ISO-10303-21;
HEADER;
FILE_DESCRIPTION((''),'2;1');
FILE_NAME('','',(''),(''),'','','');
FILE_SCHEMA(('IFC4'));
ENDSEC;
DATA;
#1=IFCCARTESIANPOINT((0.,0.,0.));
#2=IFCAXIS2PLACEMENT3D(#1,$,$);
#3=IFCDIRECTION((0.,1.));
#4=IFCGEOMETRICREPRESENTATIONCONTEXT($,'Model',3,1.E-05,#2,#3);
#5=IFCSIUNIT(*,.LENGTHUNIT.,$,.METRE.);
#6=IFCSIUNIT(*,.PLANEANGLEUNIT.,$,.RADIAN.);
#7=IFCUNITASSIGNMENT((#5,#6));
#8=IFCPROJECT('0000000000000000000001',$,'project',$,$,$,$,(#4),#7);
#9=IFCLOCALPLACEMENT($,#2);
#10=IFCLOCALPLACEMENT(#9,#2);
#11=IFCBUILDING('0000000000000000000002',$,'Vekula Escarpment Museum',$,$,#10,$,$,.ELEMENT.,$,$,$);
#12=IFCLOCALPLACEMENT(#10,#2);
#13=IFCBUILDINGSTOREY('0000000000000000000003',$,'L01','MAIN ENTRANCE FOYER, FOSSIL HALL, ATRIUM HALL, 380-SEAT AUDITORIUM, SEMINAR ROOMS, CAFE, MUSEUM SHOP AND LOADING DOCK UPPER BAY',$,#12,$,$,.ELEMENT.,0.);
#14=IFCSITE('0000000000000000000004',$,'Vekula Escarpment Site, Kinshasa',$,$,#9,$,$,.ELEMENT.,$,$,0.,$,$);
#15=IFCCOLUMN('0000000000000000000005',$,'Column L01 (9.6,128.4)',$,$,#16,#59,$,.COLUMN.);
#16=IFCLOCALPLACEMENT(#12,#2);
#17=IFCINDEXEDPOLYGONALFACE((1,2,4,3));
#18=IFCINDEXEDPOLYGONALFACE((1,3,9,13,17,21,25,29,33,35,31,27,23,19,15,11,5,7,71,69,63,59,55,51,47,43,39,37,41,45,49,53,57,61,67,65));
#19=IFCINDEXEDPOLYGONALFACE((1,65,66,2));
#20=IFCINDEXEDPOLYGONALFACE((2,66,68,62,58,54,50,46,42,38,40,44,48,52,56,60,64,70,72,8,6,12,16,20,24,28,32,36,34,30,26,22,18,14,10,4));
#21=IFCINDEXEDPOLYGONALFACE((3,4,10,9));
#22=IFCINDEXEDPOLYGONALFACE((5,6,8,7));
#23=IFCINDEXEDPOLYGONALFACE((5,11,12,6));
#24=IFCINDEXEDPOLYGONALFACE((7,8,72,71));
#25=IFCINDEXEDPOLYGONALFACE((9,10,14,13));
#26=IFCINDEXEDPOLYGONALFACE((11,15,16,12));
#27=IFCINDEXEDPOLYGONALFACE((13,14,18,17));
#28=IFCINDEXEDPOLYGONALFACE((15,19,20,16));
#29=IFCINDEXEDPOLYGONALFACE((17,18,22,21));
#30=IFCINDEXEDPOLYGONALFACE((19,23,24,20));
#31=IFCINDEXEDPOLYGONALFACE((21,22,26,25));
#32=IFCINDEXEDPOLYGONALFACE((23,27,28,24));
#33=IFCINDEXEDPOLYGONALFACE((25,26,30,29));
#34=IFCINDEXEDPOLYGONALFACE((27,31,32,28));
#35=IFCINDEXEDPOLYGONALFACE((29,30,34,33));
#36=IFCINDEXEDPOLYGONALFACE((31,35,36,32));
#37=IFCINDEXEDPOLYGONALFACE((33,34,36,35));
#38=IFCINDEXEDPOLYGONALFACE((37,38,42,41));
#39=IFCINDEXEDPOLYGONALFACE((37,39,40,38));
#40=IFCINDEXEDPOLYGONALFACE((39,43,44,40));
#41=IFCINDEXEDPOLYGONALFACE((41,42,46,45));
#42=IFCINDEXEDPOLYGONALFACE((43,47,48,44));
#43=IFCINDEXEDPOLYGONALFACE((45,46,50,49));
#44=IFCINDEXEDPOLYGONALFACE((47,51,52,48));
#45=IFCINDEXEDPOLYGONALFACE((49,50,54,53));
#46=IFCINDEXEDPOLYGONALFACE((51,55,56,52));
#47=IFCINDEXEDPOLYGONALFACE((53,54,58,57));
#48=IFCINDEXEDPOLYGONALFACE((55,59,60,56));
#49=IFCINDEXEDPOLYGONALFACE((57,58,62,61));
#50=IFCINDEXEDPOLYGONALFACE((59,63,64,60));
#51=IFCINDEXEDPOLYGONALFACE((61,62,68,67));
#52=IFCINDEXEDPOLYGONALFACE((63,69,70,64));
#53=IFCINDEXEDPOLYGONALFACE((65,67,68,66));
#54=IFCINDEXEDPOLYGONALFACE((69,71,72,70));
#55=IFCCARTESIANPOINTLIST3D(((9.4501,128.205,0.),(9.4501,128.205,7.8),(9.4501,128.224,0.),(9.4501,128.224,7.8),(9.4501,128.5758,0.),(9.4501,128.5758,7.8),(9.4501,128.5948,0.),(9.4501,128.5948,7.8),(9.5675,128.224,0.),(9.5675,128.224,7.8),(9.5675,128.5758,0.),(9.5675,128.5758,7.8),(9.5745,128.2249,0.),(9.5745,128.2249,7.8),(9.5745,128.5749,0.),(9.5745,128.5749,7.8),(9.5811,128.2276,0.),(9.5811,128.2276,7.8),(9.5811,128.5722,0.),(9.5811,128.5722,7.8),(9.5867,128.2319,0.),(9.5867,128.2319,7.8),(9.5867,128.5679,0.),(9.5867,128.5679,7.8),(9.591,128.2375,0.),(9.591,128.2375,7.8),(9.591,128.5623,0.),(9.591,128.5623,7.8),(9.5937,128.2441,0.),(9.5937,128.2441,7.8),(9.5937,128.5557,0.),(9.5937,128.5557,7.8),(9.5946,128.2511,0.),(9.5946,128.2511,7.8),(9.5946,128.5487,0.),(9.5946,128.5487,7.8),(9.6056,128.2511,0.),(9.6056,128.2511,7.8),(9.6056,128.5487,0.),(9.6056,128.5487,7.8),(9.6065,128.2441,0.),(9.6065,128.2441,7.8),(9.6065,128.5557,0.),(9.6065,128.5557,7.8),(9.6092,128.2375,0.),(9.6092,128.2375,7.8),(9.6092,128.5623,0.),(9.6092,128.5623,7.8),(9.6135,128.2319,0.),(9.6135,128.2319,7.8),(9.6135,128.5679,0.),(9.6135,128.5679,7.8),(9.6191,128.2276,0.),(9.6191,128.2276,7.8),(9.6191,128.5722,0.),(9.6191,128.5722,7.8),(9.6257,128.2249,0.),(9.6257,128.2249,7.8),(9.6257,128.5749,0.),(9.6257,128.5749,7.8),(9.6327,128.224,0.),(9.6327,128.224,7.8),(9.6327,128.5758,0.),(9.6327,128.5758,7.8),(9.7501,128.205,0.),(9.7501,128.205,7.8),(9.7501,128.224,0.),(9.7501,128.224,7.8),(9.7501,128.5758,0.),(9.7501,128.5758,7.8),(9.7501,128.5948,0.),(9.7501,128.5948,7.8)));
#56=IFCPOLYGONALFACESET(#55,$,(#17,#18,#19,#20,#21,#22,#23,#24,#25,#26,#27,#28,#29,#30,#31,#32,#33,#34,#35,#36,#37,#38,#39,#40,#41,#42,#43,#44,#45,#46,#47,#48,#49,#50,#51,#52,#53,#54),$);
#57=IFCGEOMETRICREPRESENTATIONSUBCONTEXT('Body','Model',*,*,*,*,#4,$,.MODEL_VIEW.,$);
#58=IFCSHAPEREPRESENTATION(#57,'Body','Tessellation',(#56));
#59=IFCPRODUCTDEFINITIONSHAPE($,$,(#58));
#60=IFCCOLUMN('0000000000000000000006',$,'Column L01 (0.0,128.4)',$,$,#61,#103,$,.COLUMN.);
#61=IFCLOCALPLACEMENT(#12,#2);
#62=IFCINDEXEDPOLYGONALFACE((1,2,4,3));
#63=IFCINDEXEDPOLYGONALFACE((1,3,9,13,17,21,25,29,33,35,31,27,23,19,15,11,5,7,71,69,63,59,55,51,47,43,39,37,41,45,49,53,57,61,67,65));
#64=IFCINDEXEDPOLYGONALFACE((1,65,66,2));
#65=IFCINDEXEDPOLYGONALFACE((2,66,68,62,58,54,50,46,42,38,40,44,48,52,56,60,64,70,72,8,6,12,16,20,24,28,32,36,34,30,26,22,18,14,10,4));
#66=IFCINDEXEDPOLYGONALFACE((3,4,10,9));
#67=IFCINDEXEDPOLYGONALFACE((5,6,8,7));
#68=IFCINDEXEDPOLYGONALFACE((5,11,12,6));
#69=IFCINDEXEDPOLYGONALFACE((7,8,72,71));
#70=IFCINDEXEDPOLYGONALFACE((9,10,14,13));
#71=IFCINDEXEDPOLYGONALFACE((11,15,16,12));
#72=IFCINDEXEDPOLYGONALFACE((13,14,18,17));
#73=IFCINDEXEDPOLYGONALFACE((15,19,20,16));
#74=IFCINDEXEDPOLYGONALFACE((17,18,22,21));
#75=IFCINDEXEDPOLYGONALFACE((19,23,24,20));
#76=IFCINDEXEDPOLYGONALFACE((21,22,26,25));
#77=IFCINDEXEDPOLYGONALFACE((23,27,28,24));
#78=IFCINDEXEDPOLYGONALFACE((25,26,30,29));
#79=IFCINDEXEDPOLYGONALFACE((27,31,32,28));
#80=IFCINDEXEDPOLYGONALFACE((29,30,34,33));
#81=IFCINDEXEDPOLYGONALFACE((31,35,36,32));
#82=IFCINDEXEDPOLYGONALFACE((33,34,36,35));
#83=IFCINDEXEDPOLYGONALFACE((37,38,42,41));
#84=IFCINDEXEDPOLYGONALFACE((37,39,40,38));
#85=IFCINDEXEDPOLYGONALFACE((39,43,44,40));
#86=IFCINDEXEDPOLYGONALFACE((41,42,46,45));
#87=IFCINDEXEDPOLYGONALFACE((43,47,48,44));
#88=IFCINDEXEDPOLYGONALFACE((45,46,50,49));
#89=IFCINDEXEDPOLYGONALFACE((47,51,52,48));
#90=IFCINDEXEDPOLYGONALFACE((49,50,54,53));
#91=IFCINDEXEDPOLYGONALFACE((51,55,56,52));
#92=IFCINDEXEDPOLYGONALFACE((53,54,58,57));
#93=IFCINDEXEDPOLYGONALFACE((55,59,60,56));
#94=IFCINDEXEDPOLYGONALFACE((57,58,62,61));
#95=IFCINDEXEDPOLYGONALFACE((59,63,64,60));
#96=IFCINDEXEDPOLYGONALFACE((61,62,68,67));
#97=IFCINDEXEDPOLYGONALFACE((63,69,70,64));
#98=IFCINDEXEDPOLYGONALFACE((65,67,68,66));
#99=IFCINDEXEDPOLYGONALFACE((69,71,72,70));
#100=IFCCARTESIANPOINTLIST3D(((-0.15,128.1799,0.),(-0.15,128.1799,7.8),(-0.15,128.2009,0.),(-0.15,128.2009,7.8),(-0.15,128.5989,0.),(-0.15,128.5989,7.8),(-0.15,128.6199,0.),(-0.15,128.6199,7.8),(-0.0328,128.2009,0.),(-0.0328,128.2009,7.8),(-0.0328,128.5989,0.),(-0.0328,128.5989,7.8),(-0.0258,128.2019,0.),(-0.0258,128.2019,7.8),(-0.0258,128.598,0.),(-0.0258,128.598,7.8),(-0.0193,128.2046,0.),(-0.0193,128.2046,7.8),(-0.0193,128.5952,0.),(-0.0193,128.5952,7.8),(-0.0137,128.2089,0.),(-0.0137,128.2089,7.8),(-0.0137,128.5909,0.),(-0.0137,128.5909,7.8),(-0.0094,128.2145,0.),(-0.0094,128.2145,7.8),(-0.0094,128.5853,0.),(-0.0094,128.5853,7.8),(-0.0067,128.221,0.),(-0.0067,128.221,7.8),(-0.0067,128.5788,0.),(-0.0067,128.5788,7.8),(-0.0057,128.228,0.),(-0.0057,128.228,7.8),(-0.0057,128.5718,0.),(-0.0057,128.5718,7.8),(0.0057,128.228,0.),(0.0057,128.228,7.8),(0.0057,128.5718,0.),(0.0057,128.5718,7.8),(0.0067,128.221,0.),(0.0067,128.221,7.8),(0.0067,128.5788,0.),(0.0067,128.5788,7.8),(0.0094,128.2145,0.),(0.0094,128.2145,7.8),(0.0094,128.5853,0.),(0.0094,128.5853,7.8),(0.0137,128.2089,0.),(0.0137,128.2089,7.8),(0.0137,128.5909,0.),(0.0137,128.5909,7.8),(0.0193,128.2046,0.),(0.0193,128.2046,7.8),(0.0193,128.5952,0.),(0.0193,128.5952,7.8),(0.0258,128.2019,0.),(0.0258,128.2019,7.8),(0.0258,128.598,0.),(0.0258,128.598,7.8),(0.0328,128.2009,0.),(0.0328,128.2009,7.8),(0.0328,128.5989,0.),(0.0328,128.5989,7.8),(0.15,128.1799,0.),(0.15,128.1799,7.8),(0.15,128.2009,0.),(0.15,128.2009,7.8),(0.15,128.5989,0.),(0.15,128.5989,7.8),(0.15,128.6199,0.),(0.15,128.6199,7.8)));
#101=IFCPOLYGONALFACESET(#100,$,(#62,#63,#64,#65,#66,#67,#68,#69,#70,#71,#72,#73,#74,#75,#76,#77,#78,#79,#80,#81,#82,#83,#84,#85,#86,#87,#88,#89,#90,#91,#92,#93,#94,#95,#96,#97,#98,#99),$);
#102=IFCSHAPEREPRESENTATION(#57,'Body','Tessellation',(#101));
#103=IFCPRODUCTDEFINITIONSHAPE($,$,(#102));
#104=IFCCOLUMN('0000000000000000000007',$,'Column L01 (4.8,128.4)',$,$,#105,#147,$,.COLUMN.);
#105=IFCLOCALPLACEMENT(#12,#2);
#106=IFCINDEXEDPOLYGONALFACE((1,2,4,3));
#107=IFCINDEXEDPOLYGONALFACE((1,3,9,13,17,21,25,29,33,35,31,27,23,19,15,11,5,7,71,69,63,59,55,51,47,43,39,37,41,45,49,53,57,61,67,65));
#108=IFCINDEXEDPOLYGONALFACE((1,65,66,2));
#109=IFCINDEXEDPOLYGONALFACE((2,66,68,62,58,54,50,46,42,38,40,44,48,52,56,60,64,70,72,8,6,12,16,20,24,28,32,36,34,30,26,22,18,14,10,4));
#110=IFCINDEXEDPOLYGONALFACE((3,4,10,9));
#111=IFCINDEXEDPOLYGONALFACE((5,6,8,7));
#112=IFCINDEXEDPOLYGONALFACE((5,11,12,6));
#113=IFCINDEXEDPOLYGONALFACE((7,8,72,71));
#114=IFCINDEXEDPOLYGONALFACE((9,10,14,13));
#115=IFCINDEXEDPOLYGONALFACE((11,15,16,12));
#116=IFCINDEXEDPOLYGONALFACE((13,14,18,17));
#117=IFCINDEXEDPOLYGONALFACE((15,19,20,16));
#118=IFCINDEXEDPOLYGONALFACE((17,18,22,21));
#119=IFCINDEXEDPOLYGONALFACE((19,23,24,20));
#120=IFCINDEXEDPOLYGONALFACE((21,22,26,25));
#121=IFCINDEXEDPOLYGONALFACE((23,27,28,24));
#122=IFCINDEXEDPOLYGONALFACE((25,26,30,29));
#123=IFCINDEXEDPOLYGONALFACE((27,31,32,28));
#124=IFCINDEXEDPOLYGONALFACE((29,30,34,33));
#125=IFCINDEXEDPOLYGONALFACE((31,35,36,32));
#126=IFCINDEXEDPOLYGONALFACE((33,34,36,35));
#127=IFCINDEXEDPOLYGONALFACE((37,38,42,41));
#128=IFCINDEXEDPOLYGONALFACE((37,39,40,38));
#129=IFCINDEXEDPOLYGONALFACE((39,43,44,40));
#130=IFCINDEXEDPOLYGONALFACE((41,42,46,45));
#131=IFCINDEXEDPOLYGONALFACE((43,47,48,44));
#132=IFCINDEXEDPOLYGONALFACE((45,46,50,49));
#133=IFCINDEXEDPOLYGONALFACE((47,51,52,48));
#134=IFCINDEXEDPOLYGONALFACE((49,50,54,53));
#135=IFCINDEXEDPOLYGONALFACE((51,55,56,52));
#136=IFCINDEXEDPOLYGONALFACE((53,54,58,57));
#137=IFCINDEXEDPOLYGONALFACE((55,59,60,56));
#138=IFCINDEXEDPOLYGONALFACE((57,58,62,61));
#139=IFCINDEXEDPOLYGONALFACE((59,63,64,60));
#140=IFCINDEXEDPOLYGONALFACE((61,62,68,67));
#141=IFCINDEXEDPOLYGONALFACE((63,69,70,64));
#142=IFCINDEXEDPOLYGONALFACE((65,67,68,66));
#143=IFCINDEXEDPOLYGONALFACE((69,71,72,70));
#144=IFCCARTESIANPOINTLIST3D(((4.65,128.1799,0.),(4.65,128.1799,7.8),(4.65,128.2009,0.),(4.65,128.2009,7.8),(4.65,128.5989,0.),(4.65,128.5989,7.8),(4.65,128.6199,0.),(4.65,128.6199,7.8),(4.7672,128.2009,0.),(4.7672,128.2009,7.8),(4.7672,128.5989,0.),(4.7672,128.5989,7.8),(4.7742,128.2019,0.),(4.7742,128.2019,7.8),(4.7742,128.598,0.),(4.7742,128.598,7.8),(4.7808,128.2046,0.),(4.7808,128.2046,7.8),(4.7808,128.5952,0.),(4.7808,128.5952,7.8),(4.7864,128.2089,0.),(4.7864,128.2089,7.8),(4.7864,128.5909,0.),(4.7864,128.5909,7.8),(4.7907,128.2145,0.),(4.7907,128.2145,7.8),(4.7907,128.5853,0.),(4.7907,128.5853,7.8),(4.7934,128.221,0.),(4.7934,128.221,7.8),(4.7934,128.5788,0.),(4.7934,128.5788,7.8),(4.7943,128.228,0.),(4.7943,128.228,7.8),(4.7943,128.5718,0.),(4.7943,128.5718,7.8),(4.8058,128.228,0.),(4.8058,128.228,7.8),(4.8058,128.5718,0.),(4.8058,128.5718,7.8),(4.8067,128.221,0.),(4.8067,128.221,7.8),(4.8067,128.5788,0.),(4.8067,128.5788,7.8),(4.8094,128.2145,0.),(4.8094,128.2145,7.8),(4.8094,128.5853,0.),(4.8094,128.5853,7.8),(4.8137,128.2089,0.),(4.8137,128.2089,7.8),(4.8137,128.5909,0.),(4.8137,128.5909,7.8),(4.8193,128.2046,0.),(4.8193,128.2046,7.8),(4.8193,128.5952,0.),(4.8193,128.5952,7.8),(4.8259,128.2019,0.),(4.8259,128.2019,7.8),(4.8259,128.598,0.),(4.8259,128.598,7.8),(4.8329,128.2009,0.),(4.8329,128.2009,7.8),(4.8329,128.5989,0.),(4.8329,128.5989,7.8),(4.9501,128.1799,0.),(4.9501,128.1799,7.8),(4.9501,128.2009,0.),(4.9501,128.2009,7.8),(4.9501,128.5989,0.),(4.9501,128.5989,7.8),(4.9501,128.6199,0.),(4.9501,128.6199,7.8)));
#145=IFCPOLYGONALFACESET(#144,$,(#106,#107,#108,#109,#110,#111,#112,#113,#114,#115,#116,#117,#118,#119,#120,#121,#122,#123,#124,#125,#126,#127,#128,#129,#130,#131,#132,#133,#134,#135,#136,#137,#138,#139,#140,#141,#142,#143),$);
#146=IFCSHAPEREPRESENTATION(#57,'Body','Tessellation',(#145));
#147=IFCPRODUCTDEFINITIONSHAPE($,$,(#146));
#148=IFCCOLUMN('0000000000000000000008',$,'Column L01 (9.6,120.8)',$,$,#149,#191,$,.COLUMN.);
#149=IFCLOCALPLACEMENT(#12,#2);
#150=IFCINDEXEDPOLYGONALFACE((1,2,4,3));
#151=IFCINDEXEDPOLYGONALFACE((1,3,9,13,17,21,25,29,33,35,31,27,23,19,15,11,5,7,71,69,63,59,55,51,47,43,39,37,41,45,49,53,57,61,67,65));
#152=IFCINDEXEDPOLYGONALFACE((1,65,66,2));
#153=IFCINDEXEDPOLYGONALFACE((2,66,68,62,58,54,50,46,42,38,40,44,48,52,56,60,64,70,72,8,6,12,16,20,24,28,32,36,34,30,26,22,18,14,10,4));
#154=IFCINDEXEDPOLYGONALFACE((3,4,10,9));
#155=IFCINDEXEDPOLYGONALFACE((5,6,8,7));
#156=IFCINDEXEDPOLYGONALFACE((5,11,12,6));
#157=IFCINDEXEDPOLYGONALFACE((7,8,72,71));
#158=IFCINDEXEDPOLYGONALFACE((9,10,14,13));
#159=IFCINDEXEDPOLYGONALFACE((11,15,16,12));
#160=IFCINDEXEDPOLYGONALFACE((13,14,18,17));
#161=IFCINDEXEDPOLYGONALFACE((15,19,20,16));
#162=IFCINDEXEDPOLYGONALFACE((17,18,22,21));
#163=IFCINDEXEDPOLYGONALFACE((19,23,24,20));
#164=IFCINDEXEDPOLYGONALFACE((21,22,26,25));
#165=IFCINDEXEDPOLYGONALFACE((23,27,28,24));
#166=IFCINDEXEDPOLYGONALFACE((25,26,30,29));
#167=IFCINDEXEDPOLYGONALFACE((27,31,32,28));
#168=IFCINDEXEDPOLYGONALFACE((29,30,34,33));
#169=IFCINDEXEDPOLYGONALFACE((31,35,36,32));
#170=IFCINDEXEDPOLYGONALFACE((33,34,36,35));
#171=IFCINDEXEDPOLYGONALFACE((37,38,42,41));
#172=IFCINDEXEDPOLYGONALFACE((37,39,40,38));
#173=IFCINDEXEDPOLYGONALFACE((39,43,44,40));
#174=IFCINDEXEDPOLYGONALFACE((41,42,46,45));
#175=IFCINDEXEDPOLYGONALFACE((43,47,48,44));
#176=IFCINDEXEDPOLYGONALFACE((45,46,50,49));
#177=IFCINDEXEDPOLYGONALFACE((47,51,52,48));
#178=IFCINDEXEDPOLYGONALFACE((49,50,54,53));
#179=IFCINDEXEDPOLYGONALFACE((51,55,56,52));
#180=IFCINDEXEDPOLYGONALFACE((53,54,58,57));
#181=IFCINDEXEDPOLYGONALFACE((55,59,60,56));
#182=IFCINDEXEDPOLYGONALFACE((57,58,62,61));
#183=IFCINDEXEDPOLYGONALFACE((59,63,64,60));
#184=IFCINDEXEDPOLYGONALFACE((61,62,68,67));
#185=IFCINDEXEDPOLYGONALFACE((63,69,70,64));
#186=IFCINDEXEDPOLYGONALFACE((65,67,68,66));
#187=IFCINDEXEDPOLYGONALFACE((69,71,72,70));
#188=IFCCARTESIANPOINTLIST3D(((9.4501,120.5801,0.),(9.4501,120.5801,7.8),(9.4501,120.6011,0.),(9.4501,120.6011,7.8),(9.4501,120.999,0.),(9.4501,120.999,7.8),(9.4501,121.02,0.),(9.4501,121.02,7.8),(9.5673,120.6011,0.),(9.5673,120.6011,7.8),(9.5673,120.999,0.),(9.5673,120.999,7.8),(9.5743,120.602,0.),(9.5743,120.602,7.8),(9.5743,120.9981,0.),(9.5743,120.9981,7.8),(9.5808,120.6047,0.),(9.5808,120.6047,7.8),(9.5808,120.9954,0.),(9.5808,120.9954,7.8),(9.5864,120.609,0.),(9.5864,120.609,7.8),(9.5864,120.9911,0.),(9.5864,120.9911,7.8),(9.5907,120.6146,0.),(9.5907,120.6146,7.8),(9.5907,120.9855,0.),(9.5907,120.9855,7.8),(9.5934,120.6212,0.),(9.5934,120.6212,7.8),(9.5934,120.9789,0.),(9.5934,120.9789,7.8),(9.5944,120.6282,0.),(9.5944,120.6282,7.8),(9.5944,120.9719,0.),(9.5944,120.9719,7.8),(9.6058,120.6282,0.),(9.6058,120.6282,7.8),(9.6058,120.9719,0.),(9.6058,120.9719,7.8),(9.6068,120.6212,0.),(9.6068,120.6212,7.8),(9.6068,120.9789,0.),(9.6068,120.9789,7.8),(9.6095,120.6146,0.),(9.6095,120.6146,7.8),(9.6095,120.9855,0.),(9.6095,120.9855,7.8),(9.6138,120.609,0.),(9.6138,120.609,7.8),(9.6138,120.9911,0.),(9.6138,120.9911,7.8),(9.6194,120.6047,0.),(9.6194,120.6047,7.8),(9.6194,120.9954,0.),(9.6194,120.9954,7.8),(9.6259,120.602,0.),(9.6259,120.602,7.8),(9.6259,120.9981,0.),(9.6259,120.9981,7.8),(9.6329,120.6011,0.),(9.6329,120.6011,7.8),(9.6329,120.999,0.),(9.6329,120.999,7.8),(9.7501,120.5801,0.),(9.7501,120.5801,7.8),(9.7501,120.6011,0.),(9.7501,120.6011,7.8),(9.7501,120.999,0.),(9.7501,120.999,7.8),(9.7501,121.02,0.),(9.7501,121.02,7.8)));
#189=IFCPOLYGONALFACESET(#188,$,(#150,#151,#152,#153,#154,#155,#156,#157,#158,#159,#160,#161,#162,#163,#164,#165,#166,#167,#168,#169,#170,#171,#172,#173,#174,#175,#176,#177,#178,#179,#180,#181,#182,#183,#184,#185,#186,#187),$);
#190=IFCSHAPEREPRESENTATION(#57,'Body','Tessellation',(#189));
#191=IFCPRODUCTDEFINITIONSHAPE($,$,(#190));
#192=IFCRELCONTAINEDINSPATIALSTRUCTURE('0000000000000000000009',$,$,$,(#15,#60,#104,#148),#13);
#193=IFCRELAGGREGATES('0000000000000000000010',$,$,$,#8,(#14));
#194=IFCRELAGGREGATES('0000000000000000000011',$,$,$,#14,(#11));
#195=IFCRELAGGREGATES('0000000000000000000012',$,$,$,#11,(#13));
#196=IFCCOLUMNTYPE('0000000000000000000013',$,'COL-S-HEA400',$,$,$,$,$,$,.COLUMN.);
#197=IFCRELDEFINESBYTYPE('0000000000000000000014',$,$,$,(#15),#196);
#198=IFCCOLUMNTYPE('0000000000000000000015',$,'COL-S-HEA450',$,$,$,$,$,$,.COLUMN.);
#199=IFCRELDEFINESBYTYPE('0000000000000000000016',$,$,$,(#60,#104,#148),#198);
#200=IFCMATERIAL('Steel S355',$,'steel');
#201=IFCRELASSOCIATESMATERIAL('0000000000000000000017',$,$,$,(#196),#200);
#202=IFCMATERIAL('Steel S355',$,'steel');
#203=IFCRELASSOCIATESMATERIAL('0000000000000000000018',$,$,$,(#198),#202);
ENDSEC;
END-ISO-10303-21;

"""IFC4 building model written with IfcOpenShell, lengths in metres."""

from ifc_helpers import new_model, si_unit, direction, frame, origin, origin_2d, place, context, subcontext, project, spatial, i_section, extrude, material, material_profile, profile_set, type_object, element, save


model = new_model("IFC4")

# Units and contexts
model_context = context("Model", 3, precision=1e-05, world=origin(), true_north=direction((0.0, 1.0)))
body_context = subcontext(model_context, "Body", "Model", "MODEL_VIEW")
ifc_project = project(units=[si_unit("LENGTHUNIT", "METRE"), si_unit("PLANEANGLEUNIT", "RADIAN")], contexts=[model_context])

# Site, building, storey
site_placement = place(None, origin())
site = spatial("IfcSite", under=ifc_project, at=site_placement, Name="Vekula Escarpment Site, Kinshasa", CompositionType="ELEMENT", RefElevation=0.0)
building_placement = place(site_placement, origin())
building = spatial("IfcBuilding", under=site, at=building_placement, Name="Vekula Escarpment Museum", CompositionType="ELEMENT")
storey_placement = place(building_placement, origin())
storey = spatial("IfcBuildingStorey", under=building, at=storey_placement, Name="L01", Description="MAIN ENTRANCE FOYER, FOSSIL HALL, ATRIUM HALL, 380-SEAT AUDITORIUM, SEMINAR ROOMS, CAFE, MUSEUM SHOP AND LOADING DOCK UPPER BAY", CompositionType="ELEMENT", Elevation=0.0)

# Columns
ifc_material_1 = material(Name="Steel S355", Category="steel")
ifc_material_profile_1 = material_profile(ifc_material_1, i_section(OverallWidth=0.3, OverallDepth=0.3899, WebThickness=0.011, FlangeThickness=0.019, FilletRadius=0.0271, at=origin_2d()), Name="HEA 400")
ifc_profile_set_1 = profile_set([ifc_material_profile_1], Name="Steel S355")
column_type_1 = type_object("IfcColumnType", Name="COL-S-HEA400", PredefinedType="COLUMN", material=ifc_profile_set_1)
column_placement = place(storey_placement, frame((9.6001, 128.3999, 0.0), z_axis=(0.0, 0.0, 1.0), x_axis=(1.0, 0.0, 0.0)))
element("IfcColumn", 1, at=column_placement, inside=storey, type_object=column_type_1, Name="Column L01 (9.6,128.4)", PredefinedType="COLUMN", context=body_context, shape_type="SweptSolid", body=[
    extrude(i_section(OverallWidth=0.3, OverallDepth=0.3899, WebThickness=0.011, FlangeThickness=0.019, FilletRadius=0.0271, at=origin_2d()), origin(), (0.0, 0.0, 1.0), 7.8),
])
ifc_material_2 = material(Name="Steel S355", Category="steel")
ifc_material_profile_2 = material_profile(ifc_material_2, i_section(OverallWidth=0.3, OverallDepth=0.4399, WebThickness=0.0115, FlangeThickness=0.021, FilletRadius=0.0271, at=origin_2d()), Name="HEA 450")
ifc_profile_set_2 = profile_set([ifc_material_profile_2], Name="Steel S355")
column_type_2 = type_object("IfcColumnType", Name="COL-S-HEA450", PredefinedType="COLUMN", material=ifc_profile_set_2)
for number, where, z_axis, x_axis, name in (
    (2, (0.0, 128.3999, 0.0), (0.0, 0.0, 1.0), (1.0, 0.0, 0.0), "Column L01 (0.0,128.4)"),
    (3, (4.8, 128.3999, 0.0), (0.0, 0.0, 1.0), (1.0, 0.0, 0.0), "Column L01 (4.8,128.4)"),
    (4, (9.6001, 120.8, 0.0), (0.0, 0.0, 1.0), (1.0, 0.0, 0.0), "Column L01 (9.6,120.8)"),
):
    element("IfcColumn", number, at=place(storey_placement, frame(where, z_axis=z_axis, x_axis=x_axis)), inside=storey, type_object=column_type_2, Name=name, PredefinedType="COLUMN", context=body_context, shape_type="SweptSolid", body=[
        extrude(i_section(OverallWidth=0.3, OverallDepth=0.4399, WebThickness=0.0115, FlangeThickness=0.021, FilletRadius=0.0271, at=origin_2d()), origin(), (0.0, 0.0, 1.0), 7.8),
    ])

save(model, "model.ifc")
